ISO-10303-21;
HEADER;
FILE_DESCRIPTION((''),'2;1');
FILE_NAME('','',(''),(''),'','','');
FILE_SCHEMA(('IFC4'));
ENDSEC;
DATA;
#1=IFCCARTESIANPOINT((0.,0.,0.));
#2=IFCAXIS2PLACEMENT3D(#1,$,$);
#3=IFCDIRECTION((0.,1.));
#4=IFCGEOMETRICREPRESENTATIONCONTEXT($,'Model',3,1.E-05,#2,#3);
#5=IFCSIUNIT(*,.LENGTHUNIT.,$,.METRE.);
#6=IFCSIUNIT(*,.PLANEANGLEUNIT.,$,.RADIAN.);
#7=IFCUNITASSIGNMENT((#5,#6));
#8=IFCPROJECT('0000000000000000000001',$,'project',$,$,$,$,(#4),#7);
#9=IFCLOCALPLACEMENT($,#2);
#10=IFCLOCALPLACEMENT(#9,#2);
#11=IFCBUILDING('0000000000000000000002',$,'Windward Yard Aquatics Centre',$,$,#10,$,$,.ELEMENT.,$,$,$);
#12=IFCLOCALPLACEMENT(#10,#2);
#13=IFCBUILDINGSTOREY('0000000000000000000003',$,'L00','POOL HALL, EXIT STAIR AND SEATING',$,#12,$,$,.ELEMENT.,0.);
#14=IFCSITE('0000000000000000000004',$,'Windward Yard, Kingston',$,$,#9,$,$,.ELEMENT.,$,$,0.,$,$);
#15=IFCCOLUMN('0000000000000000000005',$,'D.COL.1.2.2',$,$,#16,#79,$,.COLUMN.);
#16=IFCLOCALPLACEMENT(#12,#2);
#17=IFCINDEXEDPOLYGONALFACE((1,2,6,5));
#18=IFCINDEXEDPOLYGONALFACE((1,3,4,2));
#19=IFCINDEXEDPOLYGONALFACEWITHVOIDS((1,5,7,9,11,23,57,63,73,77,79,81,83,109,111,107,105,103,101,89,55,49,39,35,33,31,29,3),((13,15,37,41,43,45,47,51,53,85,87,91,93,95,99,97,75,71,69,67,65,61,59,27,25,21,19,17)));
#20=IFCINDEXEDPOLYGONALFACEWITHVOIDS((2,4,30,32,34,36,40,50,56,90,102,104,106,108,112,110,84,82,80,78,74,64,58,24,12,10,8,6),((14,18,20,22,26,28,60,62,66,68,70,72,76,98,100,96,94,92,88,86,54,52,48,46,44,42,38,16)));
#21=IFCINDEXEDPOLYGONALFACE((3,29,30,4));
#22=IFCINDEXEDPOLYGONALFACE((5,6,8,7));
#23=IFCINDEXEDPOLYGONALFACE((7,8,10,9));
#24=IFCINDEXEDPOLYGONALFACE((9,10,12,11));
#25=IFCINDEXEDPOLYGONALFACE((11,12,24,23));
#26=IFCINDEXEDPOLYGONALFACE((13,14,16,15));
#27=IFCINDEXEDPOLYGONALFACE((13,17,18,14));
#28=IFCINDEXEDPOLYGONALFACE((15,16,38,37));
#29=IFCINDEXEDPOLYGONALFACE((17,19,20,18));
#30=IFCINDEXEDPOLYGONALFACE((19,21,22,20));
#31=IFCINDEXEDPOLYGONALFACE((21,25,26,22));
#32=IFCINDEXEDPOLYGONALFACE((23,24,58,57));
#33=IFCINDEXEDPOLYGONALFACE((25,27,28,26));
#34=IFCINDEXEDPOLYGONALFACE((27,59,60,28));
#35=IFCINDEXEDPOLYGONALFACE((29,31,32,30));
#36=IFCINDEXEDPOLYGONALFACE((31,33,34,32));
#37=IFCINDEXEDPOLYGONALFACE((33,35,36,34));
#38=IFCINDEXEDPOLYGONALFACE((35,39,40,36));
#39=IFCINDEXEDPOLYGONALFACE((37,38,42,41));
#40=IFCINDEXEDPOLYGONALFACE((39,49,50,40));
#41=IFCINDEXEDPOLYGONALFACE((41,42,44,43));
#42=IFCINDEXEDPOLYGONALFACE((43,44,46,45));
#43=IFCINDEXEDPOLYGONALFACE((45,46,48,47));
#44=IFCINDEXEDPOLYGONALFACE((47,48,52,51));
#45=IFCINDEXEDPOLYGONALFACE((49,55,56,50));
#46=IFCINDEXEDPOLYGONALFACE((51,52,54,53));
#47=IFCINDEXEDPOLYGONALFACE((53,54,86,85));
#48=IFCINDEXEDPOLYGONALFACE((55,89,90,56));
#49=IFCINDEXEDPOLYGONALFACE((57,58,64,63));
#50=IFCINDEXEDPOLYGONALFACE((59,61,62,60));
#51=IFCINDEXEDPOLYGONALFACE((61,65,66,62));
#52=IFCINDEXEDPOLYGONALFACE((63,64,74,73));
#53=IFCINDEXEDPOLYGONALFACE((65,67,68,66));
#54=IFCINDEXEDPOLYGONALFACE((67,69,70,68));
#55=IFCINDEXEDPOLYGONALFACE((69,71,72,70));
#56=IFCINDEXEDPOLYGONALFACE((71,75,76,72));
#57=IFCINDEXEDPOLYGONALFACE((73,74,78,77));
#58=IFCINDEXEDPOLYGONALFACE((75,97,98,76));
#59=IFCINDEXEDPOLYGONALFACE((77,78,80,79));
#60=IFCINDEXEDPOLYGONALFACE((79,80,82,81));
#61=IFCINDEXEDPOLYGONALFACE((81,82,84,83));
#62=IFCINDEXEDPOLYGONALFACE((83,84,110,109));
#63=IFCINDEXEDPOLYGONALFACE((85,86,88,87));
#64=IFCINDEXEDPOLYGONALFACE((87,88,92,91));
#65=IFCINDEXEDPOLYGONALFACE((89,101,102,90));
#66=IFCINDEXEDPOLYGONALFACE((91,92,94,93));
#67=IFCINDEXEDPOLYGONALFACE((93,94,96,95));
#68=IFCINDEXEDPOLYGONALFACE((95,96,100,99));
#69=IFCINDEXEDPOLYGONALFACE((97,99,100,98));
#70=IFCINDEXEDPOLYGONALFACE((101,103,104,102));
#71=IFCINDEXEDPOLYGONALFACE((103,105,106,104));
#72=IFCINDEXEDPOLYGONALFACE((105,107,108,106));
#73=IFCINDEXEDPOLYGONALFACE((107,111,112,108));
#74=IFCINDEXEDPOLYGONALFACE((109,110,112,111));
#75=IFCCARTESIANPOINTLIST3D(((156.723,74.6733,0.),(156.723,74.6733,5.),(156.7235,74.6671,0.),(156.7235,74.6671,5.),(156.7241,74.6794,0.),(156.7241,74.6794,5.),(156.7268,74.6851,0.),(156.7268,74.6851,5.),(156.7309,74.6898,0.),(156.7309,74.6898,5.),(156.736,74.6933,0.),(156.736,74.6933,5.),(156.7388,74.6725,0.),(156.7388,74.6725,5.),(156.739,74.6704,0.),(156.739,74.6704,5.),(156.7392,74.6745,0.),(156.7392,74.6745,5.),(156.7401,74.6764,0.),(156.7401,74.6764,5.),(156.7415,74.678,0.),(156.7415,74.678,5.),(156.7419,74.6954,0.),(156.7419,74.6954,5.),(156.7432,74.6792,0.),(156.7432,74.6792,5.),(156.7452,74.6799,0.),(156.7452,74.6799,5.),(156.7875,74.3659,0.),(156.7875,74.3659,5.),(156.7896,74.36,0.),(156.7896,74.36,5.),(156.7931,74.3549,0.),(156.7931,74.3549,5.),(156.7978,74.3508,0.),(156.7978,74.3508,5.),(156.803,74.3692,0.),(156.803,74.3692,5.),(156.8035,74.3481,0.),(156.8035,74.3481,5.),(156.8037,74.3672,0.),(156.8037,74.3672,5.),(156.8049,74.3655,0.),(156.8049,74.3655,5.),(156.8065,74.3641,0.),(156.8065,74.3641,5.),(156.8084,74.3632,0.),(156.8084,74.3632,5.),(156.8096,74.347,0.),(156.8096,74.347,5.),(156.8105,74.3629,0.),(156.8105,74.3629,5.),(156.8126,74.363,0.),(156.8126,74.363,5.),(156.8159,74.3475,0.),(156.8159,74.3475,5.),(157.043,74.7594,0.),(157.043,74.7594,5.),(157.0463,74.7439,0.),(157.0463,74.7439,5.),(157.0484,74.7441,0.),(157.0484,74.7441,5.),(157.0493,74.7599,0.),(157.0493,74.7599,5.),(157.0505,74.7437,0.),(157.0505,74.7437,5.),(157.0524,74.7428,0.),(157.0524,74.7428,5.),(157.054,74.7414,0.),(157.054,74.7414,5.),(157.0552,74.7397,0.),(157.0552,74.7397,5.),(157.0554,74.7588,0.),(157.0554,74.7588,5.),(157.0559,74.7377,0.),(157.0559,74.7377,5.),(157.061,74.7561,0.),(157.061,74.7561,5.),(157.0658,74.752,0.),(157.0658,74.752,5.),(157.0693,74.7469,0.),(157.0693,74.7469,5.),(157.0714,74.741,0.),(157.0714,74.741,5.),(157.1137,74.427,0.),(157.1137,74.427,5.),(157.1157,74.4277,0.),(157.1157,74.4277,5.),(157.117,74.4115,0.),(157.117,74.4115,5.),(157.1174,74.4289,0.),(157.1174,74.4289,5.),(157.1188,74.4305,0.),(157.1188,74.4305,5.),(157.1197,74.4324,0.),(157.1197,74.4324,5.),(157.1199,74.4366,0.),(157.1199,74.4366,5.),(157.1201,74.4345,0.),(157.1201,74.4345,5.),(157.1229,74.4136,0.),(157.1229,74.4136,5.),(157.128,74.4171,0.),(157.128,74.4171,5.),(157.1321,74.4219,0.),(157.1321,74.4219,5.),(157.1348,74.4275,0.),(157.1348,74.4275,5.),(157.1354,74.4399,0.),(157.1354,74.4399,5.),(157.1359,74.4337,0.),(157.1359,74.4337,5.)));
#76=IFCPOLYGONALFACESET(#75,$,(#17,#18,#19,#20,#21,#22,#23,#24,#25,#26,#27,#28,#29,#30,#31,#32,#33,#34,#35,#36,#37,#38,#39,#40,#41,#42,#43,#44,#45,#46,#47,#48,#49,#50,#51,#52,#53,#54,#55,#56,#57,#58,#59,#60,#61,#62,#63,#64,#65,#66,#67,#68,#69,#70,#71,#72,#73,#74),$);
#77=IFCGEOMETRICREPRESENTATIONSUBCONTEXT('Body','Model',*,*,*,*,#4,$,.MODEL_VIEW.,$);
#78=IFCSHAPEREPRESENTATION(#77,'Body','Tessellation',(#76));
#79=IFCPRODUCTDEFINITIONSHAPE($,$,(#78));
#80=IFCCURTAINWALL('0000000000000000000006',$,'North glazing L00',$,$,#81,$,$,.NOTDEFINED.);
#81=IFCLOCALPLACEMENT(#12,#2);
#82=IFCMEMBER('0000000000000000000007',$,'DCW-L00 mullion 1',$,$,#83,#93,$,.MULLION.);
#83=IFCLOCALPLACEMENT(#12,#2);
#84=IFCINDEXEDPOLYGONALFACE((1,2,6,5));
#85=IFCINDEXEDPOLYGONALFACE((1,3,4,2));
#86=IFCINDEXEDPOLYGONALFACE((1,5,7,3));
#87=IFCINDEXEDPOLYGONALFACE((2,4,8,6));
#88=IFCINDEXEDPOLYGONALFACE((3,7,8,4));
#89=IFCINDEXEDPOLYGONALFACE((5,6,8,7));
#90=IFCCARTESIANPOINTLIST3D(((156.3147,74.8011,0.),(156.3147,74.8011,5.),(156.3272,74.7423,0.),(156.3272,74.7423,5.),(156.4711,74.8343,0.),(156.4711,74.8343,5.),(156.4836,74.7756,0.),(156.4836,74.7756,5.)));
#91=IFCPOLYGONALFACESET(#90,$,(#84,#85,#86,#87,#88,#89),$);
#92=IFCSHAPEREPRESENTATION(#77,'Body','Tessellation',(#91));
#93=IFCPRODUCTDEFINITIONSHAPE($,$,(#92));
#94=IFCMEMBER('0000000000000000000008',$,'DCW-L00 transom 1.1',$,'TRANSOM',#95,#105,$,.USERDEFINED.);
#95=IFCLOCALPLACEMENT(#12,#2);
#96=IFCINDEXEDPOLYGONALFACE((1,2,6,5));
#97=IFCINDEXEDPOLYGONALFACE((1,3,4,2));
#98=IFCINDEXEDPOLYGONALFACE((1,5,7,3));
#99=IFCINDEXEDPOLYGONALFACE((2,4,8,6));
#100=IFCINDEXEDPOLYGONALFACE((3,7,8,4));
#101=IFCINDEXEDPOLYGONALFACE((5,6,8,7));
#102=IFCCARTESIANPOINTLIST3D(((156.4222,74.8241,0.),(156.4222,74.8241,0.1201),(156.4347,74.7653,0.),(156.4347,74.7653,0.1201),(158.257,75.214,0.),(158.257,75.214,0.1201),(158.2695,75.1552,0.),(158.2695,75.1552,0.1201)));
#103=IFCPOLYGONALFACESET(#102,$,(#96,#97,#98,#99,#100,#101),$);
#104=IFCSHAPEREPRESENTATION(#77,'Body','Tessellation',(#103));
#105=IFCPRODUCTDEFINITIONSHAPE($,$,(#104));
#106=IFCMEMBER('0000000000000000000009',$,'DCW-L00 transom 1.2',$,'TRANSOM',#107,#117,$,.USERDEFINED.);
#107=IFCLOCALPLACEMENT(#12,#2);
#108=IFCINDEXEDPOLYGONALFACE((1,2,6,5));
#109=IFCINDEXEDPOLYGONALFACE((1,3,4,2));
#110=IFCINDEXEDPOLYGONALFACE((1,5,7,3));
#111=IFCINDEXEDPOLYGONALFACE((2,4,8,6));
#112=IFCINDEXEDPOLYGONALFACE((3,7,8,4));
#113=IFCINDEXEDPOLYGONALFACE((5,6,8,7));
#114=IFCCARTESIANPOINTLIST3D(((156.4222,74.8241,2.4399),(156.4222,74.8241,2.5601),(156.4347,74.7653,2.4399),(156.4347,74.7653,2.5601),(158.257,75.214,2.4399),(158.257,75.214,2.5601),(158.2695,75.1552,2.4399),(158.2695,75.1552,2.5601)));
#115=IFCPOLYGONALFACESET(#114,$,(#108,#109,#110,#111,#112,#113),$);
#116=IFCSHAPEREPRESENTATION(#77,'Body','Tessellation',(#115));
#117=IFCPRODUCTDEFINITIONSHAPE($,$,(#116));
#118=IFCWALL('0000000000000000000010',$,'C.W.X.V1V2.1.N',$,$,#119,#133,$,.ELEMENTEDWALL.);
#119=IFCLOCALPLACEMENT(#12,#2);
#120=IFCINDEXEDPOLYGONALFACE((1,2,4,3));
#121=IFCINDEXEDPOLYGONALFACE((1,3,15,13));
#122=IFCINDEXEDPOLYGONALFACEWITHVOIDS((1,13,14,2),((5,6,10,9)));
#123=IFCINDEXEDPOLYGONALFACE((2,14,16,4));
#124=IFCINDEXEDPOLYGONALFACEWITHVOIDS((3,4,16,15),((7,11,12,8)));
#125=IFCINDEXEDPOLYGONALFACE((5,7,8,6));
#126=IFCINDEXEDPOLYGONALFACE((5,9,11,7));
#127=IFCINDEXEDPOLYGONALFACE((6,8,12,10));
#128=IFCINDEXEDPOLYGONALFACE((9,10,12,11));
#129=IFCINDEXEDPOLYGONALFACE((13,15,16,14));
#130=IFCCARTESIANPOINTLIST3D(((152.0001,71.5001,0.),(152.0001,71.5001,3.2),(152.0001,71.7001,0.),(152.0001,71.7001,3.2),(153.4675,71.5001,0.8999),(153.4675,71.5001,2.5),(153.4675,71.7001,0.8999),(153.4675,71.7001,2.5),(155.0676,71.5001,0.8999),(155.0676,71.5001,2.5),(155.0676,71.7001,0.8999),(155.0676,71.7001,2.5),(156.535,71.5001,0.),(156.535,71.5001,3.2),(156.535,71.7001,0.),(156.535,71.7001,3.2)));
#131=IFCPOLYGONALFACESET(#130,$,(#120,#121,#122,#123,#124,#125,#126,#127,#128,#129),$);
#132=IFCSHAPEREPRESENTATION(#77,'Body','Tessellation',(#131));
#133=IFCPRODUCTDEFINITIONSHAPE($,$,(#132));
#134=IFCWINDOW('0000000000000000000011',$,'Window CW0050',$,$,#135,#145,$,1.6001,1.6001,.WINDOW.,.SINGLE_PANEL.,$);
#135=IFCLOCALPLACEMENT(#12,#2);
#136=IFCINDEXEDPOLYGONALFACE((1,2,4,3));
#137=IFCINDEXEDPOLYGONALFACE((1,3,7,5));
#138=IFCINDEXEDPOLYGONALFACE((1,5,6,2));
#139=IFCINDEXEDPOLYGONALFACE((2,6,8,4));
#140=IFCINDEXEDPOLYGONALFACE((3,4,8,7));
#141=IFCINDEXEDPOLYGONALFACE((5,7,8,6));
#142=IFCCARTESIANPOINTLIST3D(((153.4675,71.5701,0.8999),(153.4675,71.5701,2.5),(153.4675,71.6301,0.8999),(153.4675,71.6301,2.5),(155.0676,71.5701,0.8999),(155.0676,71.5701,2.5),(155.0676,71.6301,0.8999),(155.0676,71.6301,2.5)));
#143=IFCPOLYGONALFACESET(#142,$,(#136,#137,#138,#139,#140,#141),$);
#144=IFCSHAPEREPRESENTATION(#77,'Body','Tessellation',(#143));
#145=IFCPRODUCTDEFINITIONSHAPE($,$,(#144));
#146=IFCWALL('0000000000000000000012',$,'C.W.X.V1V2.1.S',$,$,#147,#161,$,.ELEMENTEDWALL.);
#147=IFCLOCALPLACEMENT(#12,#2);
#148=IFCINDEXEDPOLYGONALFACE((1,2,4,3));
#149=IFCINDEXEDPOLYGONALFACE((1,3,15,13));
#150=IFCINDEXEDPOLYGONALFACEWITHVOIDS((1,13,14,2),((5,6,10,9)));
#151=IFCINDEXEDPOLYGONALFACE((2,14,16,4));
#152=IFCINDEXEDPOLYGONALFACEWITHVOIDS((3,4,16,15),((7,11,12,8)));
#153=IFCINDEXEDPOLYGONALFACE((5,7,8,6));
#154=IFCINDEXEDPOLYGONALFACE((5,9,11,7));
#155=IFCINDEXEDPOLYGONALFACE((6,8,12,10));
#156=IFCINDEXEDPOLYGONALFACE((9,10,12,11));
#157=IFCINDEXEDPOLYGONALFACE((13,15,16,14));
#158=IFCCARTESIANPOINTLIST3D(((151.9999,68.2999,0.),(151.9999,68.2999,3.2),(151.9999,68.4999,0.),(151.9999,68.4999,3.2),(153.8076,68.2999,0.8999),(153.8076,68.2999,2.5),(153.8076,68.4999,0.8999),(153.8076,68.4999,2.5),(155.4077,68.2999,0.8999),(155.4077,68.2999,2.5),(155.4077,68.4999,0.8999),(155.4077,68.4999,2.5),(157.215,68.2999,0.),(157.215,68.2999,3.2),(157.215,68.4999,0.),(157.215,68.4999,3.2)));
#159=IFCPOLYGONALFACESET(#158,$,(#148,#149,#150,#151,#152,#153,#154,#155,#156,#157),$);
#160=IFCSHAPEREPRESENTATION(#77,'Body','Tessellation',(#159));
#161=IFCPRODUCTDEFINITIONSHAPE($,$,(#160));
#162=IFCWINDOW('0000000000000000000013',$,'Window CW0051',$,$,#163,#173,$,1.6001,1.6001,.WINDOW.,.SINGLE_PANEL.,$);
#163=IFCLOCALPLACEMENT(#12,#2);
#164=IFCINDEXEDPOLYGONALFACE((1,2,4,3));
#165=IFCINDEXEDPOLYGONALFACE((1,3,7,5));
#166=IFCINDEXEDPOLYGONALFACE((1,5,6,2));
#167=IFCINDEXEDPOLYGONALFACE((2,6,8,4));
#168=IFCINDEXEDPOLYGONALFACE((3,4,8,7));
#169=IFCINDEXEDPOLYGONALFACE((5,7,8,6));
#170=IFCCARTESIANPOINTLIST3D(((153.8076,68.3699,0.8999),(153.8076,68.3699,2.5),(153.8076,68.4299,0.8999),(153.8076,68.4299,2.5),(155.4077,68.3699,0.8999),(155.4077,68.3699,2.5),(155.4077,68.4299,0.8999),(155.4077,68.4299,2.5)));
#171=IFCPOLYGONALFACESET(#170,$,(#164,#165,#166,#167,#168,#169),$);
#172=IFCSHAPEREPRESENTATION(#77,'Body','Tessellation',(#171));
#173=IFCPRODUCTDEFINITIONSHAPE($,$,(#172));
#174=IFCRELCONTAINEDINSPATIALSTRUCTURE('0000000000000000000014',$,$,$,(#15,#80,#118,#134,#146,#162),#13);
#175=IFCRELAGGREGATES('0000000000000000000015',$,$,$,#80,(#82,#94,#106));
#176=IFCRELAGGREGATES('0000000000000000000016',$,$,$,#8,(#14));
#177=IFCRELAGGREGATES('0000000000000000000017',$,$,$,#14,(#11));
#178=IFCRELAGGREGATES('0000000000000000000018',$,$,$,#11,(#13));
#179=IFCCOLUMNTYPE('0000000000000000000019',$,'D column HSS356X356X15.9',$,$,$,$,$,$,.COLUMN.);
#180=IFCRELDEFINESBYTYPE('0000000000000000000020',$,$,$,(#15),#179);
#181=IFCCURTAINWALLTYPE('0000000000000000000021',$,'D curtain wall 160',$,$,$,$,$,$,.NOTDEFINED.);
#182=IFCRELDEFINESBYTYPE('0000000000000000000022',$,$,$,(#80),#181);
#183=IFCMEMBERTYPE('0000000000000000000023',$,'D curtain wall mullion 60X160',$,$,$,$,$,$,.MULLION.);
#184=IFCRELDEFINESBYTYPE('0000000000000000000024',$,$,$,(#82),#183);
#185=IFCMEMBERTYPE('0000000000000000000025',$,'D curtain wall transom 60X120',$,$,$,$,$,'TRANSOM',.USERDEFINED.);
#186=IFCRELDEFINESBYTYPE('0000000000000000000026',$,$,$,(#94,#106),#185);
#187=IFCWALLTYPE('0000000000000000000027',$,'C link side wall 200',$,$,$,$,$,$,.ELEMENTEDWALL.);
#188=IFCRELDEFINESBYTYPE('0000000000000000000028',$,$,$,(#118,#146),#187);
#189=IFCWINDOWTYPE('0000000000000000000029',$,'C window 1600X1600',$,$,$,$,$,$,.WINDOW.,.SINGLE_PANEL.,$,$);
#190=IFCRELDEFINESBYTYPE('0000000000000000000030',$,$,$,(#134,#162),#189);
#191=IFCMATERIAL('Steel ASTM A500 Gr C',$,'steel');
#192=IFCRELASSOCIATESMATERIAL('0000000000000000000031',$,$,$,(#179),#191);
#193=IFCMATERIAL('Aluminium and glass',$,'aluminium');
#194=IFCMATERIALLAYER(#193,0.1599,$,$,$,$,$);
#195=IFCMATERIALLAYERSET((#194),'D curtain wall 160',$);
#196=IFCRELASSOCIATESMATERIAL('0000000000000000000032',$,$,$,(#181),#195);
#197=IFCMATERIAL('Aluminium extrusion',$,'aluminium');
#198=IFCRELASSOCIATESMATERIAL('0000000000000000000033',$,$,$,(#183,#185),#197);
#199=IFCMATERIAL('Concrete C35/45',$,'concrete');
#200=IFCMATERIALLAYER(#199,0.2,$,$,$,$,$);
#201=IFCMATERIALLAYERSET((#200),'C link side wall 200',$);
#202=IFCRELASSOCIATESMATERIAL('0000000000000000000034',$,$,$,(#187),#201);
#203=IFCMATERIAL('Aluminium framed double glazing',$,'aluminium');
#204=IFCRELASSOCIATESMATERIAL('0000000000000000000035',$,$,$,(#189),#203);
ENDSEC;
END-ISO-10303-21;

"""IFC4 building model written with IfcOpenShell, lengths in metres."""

from ifc_helpers import new_model, si_unit, direction, frame, frame_2d, origin, origin_2d, place, context, subcontext, project, spatial, rectangle, hollow_rectangle, extrude, material, layer, layer_set, material_profile, profile_set, type_object, element, fill, aggregate, save


model = new_model("IFC4")

# Units and contexts
model_context = context("Model", 3, precision=1e-05, world=origin(), true_north=direction((0.0, 1.0)))
body_context = subcontext(model_context, "Body", "Model", "MODEL_VIEW")
ifc_project = project(units=[si_unit("LENGTHUNIT", "METRE"), si_unit("PLANEANGLEUNIT", "RADIAN")], contexts=[model_context])

# Site, building, storey
site_placement = place(None, origin())
site = spatial("IfcSite", under=ifc_project, at=site_placement, Name="Windward Yard, Kingston", CompositionType="ELEMENT", RefElevation=0.0)
building_placement = place(site_placement, origin())
building = spatial("IfcBuilding", under=site, at=building_placement, Name="Windward Yard Aquatics Centre", CompositionType="ELEMENT")
storey_placement = place(building_placement, origin())
storey = spatial("IfcBuildingStorey", under=building, at=storey_placement, Name="L00", Description="POOL HALL, EXIT STAIR AND SEATING", CompositionType="ELEMENT", Elevation=0.0)

# Shared definitions
ifc_material_1 = material(Name="Concrete C35/45", Category="concrete")

# Column
ifc_material_2 = material(Name="Steel ASTM A500 Gr C", Category="steel")
ifc_material_profile_1 = material_profile(ifc_material_2, hollow_rectangle(XDim=0.3557, YDim=0.3557, WallThickness=0.0159, InnerFilletRadius=0.0081, OuterFilletRadius=0.0239, at=origin_2d()), Name="HSS356X356X15.9")
ifc_profile_set_1 = profile_set([ifc_material_profile_1], Name="Steel ASTM A500 Gr C")
column_type = type_object("IfcColumnType", Name="D column HSS356X356X15.9", PredefinedType="COLUMN", material=ifc_profile_set_1)
column_1_placement = place(storey_placement, frame((156.9294, 74.5535, 0.0), z_axis=(0.0, 0.0, 1.0), x_axis=(0.978148, 0.207912, 0.0)))
element("IfcColumn", 1, at=column_1_placement, inside=storey, type_object=column_type, Name="D.COL.1.2.2", PredefinedType="COLUMN", context=body_context, shape_type="SweptSolid", body=[
    extrude(hollow_rectangle(XDim=0.3557, YDim=0.3557, WallThickness=0.0159, InnerFilletRadius=0.0081, OuterFilletRadius=0.0239, at=origin_2d()), origin(), (0.0, 0.0, 1.0), 5.0),
])

# Curtain wall, members
ifc_material_3 = material(Name="Aluminium and glass", Category="aluminium")
ifc_layer_1 = layer(ifc_material_3, 0.1599)
ifc_layer_set_1 = layer_set([ifc_layer_1], Name="D curtain wall 160")
curtain_wall_type = type_object("IfcCurtainWallType", Name="D curtain wall 160", PredefinedType="NOTDEFINED", material=ifc_layer_set_1)
curtain_wall_placement = place(storey_placement, origin())
curtain_wall = element("IfcCurtainWall", 2, at=curtain_wall_placement, inside=storey, type_object=curtain_wall_type, Name="North glazing L00", PredefinedType="NOTDEFINED")
ifc_material_4 = material(Name="Aluminium extrusion", Category="aluminium")
ifc_material_profile_2 = material_profile(ifc_material_4, rectangle(XDim=0.0601, YDim=0.1599, at=origin_2d()), Name="MULLION 60X160")
ifc_profile_set_2 = profile_set([ifc_material_profile_2], Name="Aluminium extrusion")
member_type_1 = type_object("IfcMemberType", Name="D curtain wall mullion 60X160", PredefinedType="MULLION", material=ifc_profile_set_2)
member_1_placement = place(storey_placement, frame((156.3992, 74.7883, 0.0), z_axis=(0.0, 0.0, 1.0), x_axis=(-0.207912, 0.978148, 0.0)))
member_1 = element("IfcMember", 3, at=member_1_placement, type_object=member_type_1, Name="DCW-L00 mullion 1", PredefinedType="MULLION", context=body_context, shape_type="SweptSolid", body=[
    extrude(rectangle(XDim=0.0601, YDim=0.1599, at=origin_2d()), origin(), (0.0, 0.0, 1.0), 5.0),
])
ifc_material_profile_3 = material_profile(ifc_material_4, rectangle(XDim=0.0601, YDim=0.1201, at=origin_2d()), Name="TRANSOM 60X120")
ifc_profile_set_3 = profile_set([ifc_material_profile_3], Name="Aluminium extrusion")
member_type_2 = type_object("IfcMemberType", Name="D curtain wall transom 60X120", ElementType="TRANSOM", PredefinedType="USERDEFINED", material=ifc_profile_set_3)
member_2_placement = place(storey_placement, frame((156.4285, 74.7947, 0.0601), z_axis=(0.978157, 0.207867, 0.0), x_axis=(-0.207867, 0.978157, 0.0)))
member_2 = element("IfcMember", 4, at=member_2_placement, type_object=member_type_2, Name="DCW-L00 transom 1.1", ObjectType="TRANSOM", PredefinedType="USERDEFINED", context=body_context, shape_type="SweptSolid", body=[
    extrude(rectangle(XDim=0.0601, YDim=0.1201, at=origin_2d()), origin(), (0.0, 0.0, 1.0), 1.8757),
])
member_3_placement = place(storey_placement, frame((156.4285, 74.7947, 2.5), z_axis=(0.978157, 0.207867, 0.0), x_axis=(-0.207867, 0.978157, 0.0)))
member_3 = element("IfcMember", 5, at=member_3_placement, type_object=member_type_2, Name="DCW-L00 transom 1.2", ObjectType="TRANSOM", PredefinedType="USERDEFINED", context=body_context, shape_type="SweptSolid", body=[
    extrude(rectangle(XDim=0.0601, YDim=0.1201, at=origin_2d()), origin(), (0.0, 0.0, 1.0), 1.8757),
])
aggregate(curtain_wall, [member_1, member_2, member_3])

# Walls, openings, windows
ifc_layer_2 = layer(ifc_material_1, 0.2)
ifc_layer_set_2 = layer_set([ifc_layer_2], Name="C link side wall 200")
wall_type_1 = type_object("IfcWallType", Name="C link side wall 200", PredefinedType="ELEMENTEDWALL", material=ifc_layer_set_2)
wall_1_placement = place(storey_placement, frame((152.0, 71.6001, 0.0), z_axis=(0.0, 0.0, 1.0), x_axis=(1.0, 0.0, 0.0)))
wall_1 = element("IfcWall", 6, at=wall_1_placement, inside=storey, type_object=wall_type_1, Name="C.W.X.V1V2.1.N", PredefinedType="ELEMENTEDWALL", context=body_context, shape_type="SweptSolid", body=[
    extrude(rectangle(XDim=4.5349, YDim=0.2, at=frame_2d((2.2676, 0.0))), origin(), (0.0, 0.0, 1.0), 3.2),
])
opening_1_placement = place(wall_1_placement, frame((1.4675, 0.0, 0.8999)))
opening_1 = element("IfcOpeningElement", 7, at=opening_1_placement, cuts=wall_1, PredefinedType="OPENING", context=body_context, shape_type="SweptSolid", body=[
    extrude(rectangle(XDim=1.6001, YDim=1.6001, at=frame_2d((0.8, 0.8))), frame((0.0, 0.1099, 0.0), z_axis=(0.0, -1.0, 0.0), x_axis=(1.0, 0.0, 0.0)), (0.0, 0.0, 1.0), 0.22),
])
ifc_material_5 = material(Name="Aluminium framed double glazing", Category="aluminium")
window_type = type_object("IfcWindowType", Name="C window 1600X1600", PartitioningType="SINGLE_PANEL", PredefinedType="WINDOW", material=ifc_material_5)
window_1_placement = place(opening_1_placement, origin())
window_1 = element("IfcWindow", 8, at=window_1_placement, inside=storey, type_object=window_type, Name="Window CW0050", OverallHeight=1.6001, OverallWidth=1.6001, PartitioningType="SINGLE_PANEL", PredefinedType="WINDOW", context=body_context, shape_type="SweptSolid", body=[
    extrude(rectangle(XDim=1.6001, YDim=1.6001, at=frame_2d((0.8, 0.8))), frame((0.0, 0.03, 0.0), z_axis=(0.0, -1.0, 0.0), x_axis=(1.0, 0.0, 0.0)), (0.0, 0.0, 1.0), 0.0601),
])
fill(opening_1, window_1)
wall_2_placement = place(storey_placement, frame((152.0, 68.3999, 0.0), z_axis=(0.0, 0.0, 1.0), x_axis=(1.0, 0.0, 0.0)))
wall_2 = element("IfcWall", 9, at=wall_2_placement, inside=storey, type_object=wall_type_1, Name="C.W.X.V1V2.1.S", PredefinedType="ELEMENTEDWALL", context=body_context, shape_type="SweptSolid", body=[
    extrude(rectangle(XDim=5.2151, YDim=0.2, at=frame_2d((2.6074, 0.0))), origin(), (0.0, 0.0, 1.0), 3.2),
])
opening_2_placement = place(wall_2_placement, frame((1.8076, 0.0, 0.8999)))
opening_2 = element("IfcOpeningElement", 10, at=opening_2_placement, cuts=wall_2, PredefinedType="OPENING", context=body_context, shape_type="SweptSolid", body=[
    extrude(rectangle(XDim=1.6001, YDim=1.6001, at=frame_2d((0.8, 0.8))), frame((0.0, 0.1099, 0.0), z_axis=(0.0, -1.0, 0.0), x_axis=(1.0, 0.0, 0.0)), (0.0, 0.0, 1.0), 0.22),
])
window_2_placement = place(opening_2_placement, origin())
window_2 = element("IfcWindow", 11, at=window_2_placement, inside=storey, type_object=window_type, Name="Window CW0051", OverallHeight=1.6001, OverallWidth=1.6001, PartitioningType="SINGLE_PANEL", PredefinedType="WINDOW", context=body_context, shape_type="SweptSolid", body=[
    extrude(rectangle(XDim=1.6001, YDim=1.6001, at=frame_2d((0.8, 0.8))), frame((0.0, 0.03, 0.0), z_axis=(0.0, -1.0, 0.0), x_axis=(1.0, 0.0, 0.0)), (0.0, 0.0, 1.0), 0.0601),
])
fill(opening_2, window_2)

save(model, "model.ifc")
